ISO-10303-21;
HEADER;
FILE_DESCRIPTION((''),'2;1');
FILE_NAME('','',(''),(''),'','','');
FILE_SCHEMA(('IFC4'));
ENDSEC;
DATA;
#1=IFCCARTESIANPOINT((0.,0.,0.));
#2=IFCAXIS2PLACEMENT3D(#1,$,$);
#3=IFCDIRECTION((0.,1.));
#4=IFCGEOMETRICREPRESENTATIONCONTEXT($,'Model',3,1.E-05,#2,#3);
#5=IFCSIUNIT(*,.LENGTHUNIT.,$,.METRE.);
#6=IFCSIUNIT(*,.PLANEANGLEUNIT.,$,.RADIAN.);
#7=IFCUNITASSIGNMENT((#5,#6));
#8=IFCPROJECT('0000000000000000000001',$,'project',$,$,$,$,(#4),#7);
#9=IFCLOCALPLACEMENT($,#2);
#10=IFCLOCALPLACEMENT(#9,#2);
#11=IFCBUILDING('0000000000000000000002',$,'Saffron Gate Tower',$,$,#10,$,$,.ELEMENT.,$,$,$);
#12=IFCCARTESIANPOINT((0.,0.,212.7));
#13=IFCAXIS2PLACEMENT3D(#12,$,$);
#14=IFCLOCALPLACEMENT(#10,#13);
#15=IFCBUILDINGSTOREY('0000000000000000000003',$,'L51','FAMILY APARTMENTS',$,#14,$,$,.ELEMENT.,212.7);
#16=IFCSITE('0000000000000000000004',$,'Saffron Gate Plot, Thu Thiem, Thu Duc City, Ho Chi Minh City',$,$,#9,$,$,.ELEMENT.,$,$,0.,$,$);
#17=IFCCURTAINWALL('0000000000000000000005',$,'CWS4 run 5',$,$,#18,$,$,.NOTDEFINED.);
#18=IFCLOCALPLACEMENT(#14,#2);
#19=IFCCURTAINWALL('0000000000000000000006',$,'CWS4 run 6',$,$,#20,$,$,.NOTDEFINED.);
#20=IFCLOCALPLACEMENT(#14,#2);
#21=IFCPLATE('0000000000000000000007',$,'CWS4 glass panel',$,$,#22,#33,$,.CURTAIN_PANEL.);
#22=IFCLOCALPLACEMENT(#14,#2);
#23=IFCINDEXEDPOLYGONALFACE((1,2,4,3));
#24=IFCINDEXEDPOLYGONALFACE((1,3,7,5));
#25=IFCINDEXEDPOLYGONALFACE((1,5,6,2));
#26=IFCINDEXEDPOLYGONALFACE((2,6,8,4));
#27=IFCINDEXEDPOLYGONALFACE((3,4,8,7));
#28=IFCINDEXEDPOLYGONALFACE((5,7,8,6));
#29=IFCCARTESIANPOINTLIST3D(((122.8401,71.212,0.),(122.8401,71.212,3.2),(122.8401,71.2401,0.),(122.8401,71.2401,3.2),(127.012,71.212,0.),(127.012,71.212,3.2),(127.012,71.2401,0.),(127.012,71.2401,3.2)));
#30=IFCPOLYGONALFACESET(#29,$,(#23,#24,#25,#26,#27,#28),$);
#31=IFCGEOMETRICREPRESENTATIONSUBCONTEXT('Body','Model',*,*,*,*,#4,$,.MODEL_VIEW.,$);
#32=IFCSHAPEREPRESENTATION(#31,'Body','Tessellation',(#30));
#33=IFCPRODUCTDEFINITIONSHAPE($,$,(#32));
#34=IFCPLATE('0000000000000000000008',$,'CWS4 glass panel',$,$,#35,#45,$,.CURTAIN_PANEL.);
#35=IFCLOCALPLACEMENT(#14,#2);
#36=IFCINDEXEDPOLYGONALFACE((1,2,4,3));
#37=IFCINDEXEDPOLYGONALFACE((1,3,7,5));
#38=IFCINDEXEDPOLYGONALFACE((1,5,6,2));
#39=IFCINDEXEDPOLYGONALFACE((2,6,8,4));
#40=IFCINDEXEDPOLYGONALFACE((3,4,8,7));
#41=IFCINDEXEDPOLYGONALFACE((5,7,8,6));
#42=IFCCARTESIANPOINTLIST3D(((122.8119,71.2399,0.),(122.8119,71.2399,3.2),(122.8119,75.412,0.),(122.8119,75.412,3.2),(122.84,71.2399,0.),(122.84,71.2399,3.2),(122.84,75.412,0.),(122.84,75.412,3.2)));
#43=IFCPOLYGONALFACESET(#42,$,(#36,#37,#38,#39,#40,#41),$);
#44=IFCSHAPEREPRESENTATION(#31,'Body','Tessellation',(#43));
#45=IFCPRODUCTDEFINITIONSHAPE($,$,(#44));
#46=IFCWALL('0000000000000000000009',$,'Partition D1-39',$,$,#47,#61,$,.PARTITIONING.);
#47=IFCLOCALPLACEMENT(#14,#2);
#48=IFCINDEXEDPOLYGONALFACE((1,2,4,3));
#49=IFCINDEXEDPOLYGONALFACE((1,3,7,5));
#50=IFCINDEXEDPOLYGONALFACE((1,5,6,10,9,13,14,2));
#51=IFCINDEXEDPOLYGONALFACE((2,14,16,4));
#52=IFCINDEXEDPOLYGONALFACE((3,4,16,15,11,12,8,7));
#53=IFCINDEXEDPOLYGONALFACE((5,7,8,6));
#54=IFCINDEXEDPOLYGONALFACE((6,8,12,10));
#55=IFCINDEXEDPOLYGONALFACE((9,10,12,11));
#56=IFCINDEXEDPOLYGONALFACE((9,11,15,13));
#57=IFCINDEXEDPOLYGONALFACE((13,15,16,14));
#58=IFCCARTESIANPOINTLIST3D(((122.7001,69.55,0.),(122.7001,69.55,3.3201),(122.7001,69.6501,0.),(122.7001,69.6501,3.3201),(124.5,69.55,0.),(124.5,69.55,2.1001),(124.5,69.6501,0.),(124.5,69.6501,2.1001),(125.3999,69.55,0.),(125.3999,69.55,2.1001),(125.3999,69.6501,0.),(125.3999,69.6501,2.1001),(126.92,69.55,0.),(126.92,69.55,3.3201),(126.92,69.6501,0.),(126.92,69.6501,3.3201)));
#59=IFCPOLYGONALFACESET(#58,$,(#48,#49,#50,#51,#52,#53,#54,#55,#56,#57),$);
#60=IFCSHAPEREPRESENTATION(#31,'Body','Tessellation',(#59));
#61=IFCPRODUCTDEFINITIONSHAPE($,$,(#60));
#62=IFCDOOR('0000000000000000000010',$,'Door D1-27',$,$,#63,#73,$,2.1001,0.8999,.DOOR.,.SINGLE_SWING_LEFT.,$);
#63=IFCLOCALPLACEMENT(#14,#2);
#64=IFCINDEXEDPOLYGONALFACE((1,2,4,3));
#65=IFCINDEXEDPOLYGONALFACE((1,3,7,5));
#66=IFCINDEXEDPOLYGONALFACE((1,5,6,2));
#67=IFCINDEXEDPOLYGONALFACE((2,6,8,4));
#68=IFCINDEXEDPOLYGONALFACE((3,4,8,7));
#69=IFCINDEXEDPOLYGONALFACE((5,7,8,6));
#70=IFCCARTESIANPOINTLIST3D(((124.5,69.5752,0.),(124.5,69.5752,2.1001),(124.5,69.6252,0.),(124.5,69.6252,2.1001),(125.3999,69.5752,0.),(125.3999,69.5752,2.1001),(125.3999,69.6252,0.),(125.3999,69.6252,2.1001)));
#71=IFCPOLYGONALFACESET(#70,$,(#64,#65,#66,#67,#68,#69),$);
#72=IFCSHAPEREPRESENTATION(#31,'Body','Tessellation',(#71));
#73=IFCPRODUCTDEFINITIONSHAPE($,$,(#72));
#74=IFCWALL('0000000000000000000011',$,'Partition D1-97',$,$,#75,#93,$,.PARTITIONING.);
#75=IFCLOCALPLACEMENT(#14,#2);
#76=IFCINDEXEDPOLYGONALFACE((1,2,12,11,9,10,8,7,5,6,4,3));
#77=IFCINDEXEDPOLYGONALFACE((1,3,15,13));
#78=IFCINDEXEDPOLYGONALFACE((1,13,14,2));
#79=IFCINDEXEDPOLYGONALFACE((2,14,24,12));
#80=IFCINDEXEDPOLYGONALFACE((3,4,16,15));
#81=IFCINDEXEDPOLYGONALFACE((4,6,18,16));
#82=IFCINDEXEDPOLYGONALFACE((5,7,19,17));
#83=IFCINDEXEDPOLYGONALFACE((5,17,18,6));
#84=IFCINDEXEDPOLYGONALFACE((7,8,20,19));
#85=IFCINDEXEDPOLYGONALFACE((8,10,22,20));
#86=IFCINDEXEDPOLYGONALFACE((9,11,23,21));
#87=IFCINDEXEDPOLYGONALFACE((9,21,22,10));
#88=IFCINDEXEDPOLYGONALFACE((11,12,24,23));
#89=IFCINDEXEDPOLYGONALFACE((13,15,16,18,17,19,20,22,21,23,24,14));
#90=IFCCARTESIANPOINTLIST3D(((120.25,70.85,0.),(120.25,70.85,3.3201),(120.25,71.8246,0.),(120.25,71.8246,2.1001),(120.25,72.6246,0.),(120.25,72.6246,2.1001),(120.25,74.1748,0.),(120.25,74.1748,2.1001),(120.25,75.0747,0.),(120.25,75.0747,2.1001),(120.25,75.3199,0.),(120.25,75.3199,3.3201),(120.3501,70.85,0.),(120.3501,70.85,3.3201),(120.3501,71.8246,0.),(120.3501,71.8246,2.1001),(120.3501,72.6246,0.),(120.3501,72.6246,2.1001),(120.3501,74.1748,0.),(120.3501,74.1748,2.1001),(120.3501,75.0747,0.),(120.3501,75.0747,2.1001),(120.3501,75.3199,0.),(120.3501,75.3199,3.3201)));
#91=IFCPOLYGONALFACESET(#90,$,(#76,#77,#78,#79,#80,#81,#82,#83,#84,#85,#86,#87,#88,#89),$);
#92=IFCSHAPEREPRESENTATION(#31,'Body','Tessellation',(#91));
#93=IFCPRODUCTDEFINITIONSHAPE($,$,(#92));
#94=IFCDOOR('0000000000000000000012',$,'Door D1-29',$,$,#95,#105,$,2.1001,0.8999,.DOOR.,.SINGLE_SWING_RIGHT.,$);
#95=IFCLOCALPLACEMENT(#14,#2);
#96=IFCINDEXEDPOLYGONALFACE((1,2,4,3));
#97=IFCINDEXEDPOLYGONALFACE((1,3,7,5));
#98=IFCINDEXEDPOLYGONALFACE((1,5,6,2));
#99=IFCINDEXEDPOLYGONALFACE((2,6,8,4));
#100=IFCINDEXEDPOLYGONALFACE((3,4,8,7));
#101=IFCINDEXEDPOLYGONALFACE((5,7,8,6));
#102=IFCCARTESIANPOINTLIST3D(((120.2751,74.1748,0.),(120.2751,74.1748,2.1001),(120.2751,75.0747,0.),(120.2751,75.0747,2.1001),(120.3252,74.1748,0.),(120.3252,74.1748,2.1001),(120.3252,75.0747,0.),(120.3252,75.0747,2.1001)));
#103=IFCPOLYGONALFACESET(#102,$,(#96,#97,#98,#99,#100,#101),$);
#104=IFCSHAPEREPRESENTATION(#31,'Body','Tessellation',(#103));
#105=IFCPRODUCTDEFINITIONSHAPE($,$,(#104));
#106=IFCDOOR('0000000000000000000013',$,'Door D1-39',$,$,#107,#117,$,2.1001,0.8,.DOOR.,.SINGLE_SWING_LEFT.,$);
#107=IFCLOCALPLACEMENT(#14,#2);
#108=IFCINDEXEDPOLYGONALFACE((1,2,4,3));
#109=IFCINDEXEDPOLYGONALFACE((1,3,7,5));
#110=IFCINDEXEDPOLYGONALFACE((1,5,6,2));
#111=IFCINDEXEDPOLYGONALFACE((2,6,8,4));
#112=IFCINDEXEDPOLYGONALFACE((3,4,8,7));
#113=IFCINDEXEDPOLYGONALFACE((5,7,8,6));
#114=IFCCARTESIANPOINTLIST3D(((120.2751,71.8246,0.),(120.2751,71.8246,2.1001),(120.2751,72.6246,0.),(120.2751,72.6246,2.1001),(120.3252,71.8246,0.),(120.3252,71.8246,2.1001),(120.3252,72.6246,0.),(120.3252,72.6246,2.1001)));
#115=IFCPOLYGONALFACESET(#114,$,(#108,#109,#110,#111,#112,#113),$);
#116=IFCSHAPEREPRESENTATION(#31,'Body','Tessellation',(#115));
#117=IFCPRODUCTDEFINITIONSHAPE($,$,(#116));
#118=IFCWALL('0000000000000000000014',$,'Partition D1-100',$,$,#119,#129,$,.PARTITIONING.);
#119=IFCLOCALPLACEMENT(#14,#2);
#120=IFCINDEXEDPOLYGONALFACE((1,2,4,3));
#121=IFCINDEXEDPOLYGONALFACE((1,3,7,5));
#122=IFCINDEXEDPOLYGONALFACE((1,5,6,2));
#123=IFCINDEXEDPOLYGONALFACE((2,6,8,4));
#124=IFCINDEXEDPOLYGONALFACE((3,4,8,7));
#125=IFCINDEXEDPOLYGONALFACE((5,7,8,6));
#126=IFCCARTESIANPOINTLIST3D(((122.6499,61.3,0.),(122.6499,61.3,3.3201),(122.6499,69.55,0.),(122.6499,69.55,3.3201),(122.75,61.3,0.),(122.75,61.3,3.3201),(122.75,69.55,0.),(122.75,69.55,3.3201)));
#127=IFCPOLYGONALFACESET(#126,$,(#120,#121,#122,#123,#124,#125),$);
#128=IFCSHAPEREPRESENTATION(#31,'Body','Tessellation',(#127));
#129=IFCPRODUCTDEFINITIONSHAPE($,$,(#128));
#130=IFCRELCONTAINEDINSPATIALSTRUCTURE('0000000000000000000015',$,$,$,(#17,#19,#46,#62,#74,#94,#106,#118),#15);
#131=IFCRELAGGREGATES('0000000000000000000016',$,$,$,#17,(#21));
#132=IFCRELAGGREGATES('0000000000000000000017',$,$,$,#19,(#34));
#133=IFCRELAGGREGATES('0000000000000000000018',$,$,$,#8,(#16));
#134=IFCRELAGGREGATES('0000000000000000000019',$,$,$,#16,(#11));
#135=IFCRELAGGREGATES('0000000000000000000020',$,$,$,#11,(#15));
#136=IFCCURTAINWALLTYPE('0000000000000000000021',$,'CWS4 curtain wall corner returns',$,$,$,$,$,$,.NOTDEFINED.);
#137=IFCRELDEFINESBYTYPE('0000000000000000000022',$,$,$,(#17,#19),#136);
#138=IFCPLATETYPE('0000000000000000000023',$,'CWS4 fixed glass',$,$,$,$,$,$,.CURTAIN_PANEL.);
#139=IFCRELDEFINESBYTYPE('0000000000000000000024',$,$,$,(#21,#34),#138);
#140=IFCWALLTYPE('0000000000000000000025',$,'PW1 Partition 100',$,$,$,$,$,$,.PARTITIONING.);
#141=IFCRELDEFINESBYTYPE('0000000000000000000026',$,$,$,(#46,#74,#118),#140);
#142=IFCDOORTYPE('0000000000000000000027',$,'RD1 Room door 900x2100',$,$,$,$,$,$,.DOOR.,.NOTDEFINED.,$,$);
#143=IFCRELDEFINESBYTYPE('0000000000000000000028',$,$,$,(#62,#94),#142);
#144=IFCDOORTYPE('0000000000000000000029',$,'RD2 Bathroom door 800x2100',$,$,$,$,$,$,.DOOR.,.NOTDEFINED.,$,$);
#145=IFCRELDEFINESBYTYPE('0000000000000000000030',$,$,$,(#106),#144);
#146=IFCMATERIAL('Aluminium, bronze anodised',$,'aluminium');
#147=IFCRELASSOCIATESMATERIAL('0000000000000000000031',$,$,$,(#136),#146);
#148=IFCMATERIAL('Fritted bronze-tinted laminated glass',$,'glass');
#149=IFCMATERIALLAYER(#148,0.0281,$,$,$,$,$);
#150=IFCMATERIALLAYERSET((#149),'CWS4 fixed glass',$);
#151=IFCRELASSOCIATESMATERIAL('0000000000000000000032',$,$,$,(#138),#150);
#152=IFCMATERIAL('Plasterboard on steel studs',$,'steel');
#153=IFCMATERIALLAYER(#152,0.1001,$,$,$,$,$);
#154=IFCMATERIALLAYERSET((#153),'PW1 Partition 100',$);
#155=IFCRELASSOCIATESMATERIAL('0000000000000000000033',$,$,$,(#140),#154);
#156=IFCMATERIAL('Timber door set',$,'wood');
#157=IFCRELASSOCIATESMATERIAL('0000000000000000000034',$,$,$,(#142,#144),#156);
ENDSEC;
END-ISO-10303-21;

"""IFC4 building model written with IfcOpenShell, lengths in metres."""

from ifc_helpers import new_model, si_unit, direction, frame, frame_2d, origin, place, context, subcontext, project, spatial, rectangle, extrude, material, layer, layer_set, type_object, element, fill, aggregate, save


model = new_model("IFC4")

# Units and contexts
model_context = context("Model", 3, precision=1e-05, world=origin(), true_north=direction((0.0, 1.0)))
body_context = subcontext(model_context, "Body", "Model", "MODEL_VIEW")
ifc_project = project(units=[si_unit("LENGTHUNIT", "METRE"), si_unit("PLANEANGLEUNIT", "RADIAN")], contexts=[model_context])

# Site, building, storey
site_placement = place(None, origin())
site = spatial("IfcSite", under=ifc_project, at=site_placement, Name="Saffron Gate Plot, Thu Thiem, Thu Duc City, Ho Chi Minh City", CompositionType="ELEMENT", RefElevation=0.0)
building_placement = place(site_placement, origin())
building = spatial("IfcBuilding", under=site, at=building_placement, Name="Saffron Gate Tower", CompositionType="ELEMENT")
storey_placement = place(building_placement, frame((0.0, 0.0, 212.7)))
storey = spatial("IfcBuildingStorey", under=building, at=storey_placement, Name="L51", Description="FAMILY APARTMENTS", CompositionType="ELEMENT", Elevation=212.7)

# Shared definitions
ifc_material_1 = material(Name="Aluminium, bronze anodised", Category="aluminium")

# Curtain walls
curtain_wall_type_1 = type_object("IfcCurtainWallType", Name="CWS4 curtain wall corner returns", PredefinedType="NOTDEFINED", material=ifc_material_1)
curtain_wall_1_placement = place(storey_placement, origin())
curtain_wall_1 = element("IfcCurtainWall", 1, at=curtain_wall_1_placement, inside=storey, type_object=curtain_wall_type_1, Name="CWS4 run 5", PredefinedType="NOTDEFINED")
curtain_wall_2_placement = place(storey_placement, origin())
curtain_wall_2 = element("IfcCurtainWall", 2, at=curtain_wall_2_placement, inside=storey, type_object=curtain_wall_type_1, Name="CWS4 run 6", PredefinedType="NOTDEFINED")

# Plates
ifc_material_2 = material(Name="Fritted bronze-tinted laminated glass", Category="glass")
ifc_layer_1 = layer(ifc_material_2, 0.0281)
ifc_layer_set_1 = layer_set([ifc_layer_1], Name="CWS4 fixed glass")
plate_type_1 = type_object("IfcPlateType", Name="CWS4 fixed glass", PredefinedType="CURTAIN_PANEL", material=ifc_layer_set_1)
plate_1_placement = place(storey_placement, frame((127.012, 71.2261, 0.0), z_axis=(0.0, 0.0, 1.0), x_axis=(-1.0, 0.0, 0.0)))
plate_1 = element("IfcPlate", 3, at=plate_1_placement, type_object=plate_type_1, Name="CWS4 glass panel", PredefinedType="CURTAIN_PANEL", context=body_context, shape_type="SweptSolid", body=[
    extrude(rectangle(XDim=4.1719, YDim=0.0281, at=frame_2d((2.0859, 0.0))), origin(), (0.0, 0.0, 1.0), 3.2),
])
aggregate(curtain_wall_1, [plate_1])
plate_2_placement = place(storey_placement, frame((122.8259, 71.24, 0.0), z_axis=(0.0, 0.0, 1.0), x_axis=(0.0, 1.0, 0.0)))
plate_2 = element("IfcPlate", 4, at=plate_2_placement, type_object=plate_type_1, Name="CWS4 glass panel", PredefinedType="CURTAIN_PANEL", context=body_context, shape_type="SweptSolid", body=[
    extrude(rectangle(XDim=4.1721, YDim=0.0281, at=frame_2d((2.0859, 0.0))), origin(), (0.0, 0.0, 1.0), 3.2),
])
aggregate(curtain_wall_2, [plate_2])

# Wall, opening, door
ifc_material_3 = material(Name="Plasterboard on steel studs", Category="steel")
ifc_layer_2 = layer(ifc_material_3, 0.1001)
ifc_layer_set_2 = layer_set([ifc_layer_2], Name="PW1 Partition 100")
wall_type = type_object("IfcWallType", Name="PW1 Partition 100", PredefinedType="PARTITIONING", material=ifc_layer_set_2)
wall_1_placement = place(storey_placement, frame((126.9199, 69.6001, 0.0), z_axis=(0.0, 0.0, 1.0), x_axis=(-1.0, 0.0, 0.0)))
wall_1 = element("IfcWall", 5, at=wall_1_placement, inside=storey, type_object=wall_type, Name="Partition D1-39", PredefinedType="PARTITIONING", context=body_context, shape_type="SweptSolid", body=[
    extrude(rectangle(XDim=4.22, YDim=0.1001, at=frame_2d((2.1099, 0.0))), origin(), (0.0, 0.0, 1.0), 3.3201),
])
opening_1_placement = place(wall_1_placement, frame((1.52, 0.0, 0.0)))
opening_1 = element("IfcOpeningElement", 6, at=opening_1_placement, cuts=wall_1, PredefinedType="OPENING", context=body_context, shape_type="SweptSolid", body=[
    extrude(rectangle(XDim=0.8999, YDim=2.1001, at=frame_2d((0.45, 1.05))), frame((0.0, 0.0601, 0.0), z_axis=(0.0, -1.0, 0.0), x_axis=(1.0, 0.0, 0.0)), (0.0, 0.0, 1.0), 0.1201),
])
ifc_material_4 = material(Name="Timber door set", Category="wood")
door_type_1 = type_object("IfcDoorType", Name="RD1 Room door 900x2100", OperationType="NOTDEFINED", PredefinedType="DOOR", material=ifc_material_4)
door_1_placement = place(opening_1_placement, origin())
door_1 = element("IfcDoor", 7, at=door_1_placement, inside=storey, type_object=door_type_1, Name="Door D1-27", OperationType="SINGLE_SWING_LEFT", OverallHeight=2.1001, OverallWidth=0.8999, PredefinedType="DOOR", context=body_context, shape_type="SweptSolid", body=[
    extrude(rectangle(XDim=0.8999, YDim=2.1001, at=frame_2d((0.45, 1.05))), frame((0.0, 0.0249, 0.0), z_axis=(0.0, -1.0, 0.0), x_axis=(1.0, 0.0, 0.0)), (0.0, 0.0, 1.0), 0.05),
])
fill(opening_1, door_1)

# Wall, openings, doors
wall_2_placement = place(storey_placement, frame((120.3, 70.8501, 0.0), z_axis=(0.0, 0.0, 1.0), x_axis=(0.0, 1.0, 0.0)))
wall_2 = element("IfcWall", 8, at=wall_2_placement, inside=storey, type_object=wall_type, Name="Partition D1-97", PredefinedType="PARTITIONING", context=body_context, shape_type="SweptSolid", body=[
    extrude(rectangle(XDim=4.47, YDim=0.1001, at=frame_2d((2.2349, 0.0))), origin(), (0.0, 0.0, 1.0), 3.3201),
])
opening_2_placement = place(wall_2_placement, frame((0.9746, 0.0, 0.0)))
opening_2 = element("IfcOpeningElement", 9, at=opening_2_placement, cuts=wall_2, PredefinedType="OPENING", context=body_context, shape_type="SweptSolid", body=[
    extrude(rectangle(XDim=0.8, YDim=2.1001, at=frame_2d((0.3999, 1.05))), frame((0.0, 0.0601, 0.0), z_axis=(0.0, -1.0, 0.0), x_axis=(1.0, 0.0, 0.0)), (0.0, 0.0, 1.0), 0.1201),
])
opening_3_placement = place(wall_2_placement, frame((3.3247, 0.0, 0.0)))
opening_3 = element("IfcOpeningElement", 10, at=opening_3_placement, cuts=wall_2, PredefinedType="OPENING", context=body_context, shape_type="SweptSolid", body=[
    extrude(rectangle(XDim=0.8999, YDim=2.1001, at=frame_2d((0.45, 1.05))), frame((0.0, 0.0601, 0.0), z_axis=(0.0, -1.0, 0.0), x_axis=(1.0, 0.0, 0.0)), (0.0, 0.0, 1.0), 0.1201),
])
door_2_placement = place(opening_3_placement, origin())
door_2 = element("IfcDoor", 11, at=door_2_placement, inside=storey, type_object=door_type_1, Name="Door D1-29", OperationType="SINGLE_SWING_RIGHT", OverallHeight=2.1001, OverallWidth=0.8999, PredefinedType="DOOR", context=body_context, shape_type="SweptSolid", body=[
    extrude(rectangle(XDim=0.8999, YDim=2.1001, at=frame_2d((0.45, 1.05))), frame((0.0, 0.0249, 0.0), z_axis=(0.0, -1.0, 0.0), x_axis=(1.0, 0.0, 0.0)), (0.0, 0.0, 1.0), 0.05),
])
fill(opening_3, door_2)
door_type_2 = type_object("IfcDoorType", Name="RD2 Bathroom door 800x2100", OperationType="NOTDEFINED", PredefinedType="DOOR", material=ifc_material_4)
door_3_placement = place(opening_2_placement, origin())
door_3 = element("IfcDoor", 12, at=door_3_placement, inside=storey, type_object=door_type_2, Name="Door D1-39", OperationType="SINGLE_SWING_LEFT", OverallHeight=2.1001, OverallWidth=0.8, PredefinedType="DOOR", context=body_context, shape_type="SweptSolid", body=[
    extrude(rectangle(XDim=0.8, YDim=2.1001, at=frame_2d((0.3999, 1.05))), frame((0.0, 0.0249, 0.0), z_axis=(0.0, -1.0, 0.0), x_axis=(1.0, 0.0, 0.0)), (0.0, 0.0, 1.0), 0.05),
])
fill(opening_2, door_3)

# Wall
wall_3_placement = place(storey_placement, frame((122.7, 69.55, 0.0), z_axis=(0.0, 0.0, 1.0), x_axis=(0.0, -1.0, 0.0)))
element("IfcWall", 13, at=wall_3_placement, inside=storey, type_object=wall_type, Name="Partition D1-100", PredefinedType="PARTITIONING", context=body_context, shape_type="SweptSolid", body=[
    extrude(rectangle(XDim=8.25, YDim=0.1001, at=frame_2d((4.125, 0.0))), origin(), (0.0, 0.0, 1.0), 3.3201),
])

save(model, "model.ifc")
